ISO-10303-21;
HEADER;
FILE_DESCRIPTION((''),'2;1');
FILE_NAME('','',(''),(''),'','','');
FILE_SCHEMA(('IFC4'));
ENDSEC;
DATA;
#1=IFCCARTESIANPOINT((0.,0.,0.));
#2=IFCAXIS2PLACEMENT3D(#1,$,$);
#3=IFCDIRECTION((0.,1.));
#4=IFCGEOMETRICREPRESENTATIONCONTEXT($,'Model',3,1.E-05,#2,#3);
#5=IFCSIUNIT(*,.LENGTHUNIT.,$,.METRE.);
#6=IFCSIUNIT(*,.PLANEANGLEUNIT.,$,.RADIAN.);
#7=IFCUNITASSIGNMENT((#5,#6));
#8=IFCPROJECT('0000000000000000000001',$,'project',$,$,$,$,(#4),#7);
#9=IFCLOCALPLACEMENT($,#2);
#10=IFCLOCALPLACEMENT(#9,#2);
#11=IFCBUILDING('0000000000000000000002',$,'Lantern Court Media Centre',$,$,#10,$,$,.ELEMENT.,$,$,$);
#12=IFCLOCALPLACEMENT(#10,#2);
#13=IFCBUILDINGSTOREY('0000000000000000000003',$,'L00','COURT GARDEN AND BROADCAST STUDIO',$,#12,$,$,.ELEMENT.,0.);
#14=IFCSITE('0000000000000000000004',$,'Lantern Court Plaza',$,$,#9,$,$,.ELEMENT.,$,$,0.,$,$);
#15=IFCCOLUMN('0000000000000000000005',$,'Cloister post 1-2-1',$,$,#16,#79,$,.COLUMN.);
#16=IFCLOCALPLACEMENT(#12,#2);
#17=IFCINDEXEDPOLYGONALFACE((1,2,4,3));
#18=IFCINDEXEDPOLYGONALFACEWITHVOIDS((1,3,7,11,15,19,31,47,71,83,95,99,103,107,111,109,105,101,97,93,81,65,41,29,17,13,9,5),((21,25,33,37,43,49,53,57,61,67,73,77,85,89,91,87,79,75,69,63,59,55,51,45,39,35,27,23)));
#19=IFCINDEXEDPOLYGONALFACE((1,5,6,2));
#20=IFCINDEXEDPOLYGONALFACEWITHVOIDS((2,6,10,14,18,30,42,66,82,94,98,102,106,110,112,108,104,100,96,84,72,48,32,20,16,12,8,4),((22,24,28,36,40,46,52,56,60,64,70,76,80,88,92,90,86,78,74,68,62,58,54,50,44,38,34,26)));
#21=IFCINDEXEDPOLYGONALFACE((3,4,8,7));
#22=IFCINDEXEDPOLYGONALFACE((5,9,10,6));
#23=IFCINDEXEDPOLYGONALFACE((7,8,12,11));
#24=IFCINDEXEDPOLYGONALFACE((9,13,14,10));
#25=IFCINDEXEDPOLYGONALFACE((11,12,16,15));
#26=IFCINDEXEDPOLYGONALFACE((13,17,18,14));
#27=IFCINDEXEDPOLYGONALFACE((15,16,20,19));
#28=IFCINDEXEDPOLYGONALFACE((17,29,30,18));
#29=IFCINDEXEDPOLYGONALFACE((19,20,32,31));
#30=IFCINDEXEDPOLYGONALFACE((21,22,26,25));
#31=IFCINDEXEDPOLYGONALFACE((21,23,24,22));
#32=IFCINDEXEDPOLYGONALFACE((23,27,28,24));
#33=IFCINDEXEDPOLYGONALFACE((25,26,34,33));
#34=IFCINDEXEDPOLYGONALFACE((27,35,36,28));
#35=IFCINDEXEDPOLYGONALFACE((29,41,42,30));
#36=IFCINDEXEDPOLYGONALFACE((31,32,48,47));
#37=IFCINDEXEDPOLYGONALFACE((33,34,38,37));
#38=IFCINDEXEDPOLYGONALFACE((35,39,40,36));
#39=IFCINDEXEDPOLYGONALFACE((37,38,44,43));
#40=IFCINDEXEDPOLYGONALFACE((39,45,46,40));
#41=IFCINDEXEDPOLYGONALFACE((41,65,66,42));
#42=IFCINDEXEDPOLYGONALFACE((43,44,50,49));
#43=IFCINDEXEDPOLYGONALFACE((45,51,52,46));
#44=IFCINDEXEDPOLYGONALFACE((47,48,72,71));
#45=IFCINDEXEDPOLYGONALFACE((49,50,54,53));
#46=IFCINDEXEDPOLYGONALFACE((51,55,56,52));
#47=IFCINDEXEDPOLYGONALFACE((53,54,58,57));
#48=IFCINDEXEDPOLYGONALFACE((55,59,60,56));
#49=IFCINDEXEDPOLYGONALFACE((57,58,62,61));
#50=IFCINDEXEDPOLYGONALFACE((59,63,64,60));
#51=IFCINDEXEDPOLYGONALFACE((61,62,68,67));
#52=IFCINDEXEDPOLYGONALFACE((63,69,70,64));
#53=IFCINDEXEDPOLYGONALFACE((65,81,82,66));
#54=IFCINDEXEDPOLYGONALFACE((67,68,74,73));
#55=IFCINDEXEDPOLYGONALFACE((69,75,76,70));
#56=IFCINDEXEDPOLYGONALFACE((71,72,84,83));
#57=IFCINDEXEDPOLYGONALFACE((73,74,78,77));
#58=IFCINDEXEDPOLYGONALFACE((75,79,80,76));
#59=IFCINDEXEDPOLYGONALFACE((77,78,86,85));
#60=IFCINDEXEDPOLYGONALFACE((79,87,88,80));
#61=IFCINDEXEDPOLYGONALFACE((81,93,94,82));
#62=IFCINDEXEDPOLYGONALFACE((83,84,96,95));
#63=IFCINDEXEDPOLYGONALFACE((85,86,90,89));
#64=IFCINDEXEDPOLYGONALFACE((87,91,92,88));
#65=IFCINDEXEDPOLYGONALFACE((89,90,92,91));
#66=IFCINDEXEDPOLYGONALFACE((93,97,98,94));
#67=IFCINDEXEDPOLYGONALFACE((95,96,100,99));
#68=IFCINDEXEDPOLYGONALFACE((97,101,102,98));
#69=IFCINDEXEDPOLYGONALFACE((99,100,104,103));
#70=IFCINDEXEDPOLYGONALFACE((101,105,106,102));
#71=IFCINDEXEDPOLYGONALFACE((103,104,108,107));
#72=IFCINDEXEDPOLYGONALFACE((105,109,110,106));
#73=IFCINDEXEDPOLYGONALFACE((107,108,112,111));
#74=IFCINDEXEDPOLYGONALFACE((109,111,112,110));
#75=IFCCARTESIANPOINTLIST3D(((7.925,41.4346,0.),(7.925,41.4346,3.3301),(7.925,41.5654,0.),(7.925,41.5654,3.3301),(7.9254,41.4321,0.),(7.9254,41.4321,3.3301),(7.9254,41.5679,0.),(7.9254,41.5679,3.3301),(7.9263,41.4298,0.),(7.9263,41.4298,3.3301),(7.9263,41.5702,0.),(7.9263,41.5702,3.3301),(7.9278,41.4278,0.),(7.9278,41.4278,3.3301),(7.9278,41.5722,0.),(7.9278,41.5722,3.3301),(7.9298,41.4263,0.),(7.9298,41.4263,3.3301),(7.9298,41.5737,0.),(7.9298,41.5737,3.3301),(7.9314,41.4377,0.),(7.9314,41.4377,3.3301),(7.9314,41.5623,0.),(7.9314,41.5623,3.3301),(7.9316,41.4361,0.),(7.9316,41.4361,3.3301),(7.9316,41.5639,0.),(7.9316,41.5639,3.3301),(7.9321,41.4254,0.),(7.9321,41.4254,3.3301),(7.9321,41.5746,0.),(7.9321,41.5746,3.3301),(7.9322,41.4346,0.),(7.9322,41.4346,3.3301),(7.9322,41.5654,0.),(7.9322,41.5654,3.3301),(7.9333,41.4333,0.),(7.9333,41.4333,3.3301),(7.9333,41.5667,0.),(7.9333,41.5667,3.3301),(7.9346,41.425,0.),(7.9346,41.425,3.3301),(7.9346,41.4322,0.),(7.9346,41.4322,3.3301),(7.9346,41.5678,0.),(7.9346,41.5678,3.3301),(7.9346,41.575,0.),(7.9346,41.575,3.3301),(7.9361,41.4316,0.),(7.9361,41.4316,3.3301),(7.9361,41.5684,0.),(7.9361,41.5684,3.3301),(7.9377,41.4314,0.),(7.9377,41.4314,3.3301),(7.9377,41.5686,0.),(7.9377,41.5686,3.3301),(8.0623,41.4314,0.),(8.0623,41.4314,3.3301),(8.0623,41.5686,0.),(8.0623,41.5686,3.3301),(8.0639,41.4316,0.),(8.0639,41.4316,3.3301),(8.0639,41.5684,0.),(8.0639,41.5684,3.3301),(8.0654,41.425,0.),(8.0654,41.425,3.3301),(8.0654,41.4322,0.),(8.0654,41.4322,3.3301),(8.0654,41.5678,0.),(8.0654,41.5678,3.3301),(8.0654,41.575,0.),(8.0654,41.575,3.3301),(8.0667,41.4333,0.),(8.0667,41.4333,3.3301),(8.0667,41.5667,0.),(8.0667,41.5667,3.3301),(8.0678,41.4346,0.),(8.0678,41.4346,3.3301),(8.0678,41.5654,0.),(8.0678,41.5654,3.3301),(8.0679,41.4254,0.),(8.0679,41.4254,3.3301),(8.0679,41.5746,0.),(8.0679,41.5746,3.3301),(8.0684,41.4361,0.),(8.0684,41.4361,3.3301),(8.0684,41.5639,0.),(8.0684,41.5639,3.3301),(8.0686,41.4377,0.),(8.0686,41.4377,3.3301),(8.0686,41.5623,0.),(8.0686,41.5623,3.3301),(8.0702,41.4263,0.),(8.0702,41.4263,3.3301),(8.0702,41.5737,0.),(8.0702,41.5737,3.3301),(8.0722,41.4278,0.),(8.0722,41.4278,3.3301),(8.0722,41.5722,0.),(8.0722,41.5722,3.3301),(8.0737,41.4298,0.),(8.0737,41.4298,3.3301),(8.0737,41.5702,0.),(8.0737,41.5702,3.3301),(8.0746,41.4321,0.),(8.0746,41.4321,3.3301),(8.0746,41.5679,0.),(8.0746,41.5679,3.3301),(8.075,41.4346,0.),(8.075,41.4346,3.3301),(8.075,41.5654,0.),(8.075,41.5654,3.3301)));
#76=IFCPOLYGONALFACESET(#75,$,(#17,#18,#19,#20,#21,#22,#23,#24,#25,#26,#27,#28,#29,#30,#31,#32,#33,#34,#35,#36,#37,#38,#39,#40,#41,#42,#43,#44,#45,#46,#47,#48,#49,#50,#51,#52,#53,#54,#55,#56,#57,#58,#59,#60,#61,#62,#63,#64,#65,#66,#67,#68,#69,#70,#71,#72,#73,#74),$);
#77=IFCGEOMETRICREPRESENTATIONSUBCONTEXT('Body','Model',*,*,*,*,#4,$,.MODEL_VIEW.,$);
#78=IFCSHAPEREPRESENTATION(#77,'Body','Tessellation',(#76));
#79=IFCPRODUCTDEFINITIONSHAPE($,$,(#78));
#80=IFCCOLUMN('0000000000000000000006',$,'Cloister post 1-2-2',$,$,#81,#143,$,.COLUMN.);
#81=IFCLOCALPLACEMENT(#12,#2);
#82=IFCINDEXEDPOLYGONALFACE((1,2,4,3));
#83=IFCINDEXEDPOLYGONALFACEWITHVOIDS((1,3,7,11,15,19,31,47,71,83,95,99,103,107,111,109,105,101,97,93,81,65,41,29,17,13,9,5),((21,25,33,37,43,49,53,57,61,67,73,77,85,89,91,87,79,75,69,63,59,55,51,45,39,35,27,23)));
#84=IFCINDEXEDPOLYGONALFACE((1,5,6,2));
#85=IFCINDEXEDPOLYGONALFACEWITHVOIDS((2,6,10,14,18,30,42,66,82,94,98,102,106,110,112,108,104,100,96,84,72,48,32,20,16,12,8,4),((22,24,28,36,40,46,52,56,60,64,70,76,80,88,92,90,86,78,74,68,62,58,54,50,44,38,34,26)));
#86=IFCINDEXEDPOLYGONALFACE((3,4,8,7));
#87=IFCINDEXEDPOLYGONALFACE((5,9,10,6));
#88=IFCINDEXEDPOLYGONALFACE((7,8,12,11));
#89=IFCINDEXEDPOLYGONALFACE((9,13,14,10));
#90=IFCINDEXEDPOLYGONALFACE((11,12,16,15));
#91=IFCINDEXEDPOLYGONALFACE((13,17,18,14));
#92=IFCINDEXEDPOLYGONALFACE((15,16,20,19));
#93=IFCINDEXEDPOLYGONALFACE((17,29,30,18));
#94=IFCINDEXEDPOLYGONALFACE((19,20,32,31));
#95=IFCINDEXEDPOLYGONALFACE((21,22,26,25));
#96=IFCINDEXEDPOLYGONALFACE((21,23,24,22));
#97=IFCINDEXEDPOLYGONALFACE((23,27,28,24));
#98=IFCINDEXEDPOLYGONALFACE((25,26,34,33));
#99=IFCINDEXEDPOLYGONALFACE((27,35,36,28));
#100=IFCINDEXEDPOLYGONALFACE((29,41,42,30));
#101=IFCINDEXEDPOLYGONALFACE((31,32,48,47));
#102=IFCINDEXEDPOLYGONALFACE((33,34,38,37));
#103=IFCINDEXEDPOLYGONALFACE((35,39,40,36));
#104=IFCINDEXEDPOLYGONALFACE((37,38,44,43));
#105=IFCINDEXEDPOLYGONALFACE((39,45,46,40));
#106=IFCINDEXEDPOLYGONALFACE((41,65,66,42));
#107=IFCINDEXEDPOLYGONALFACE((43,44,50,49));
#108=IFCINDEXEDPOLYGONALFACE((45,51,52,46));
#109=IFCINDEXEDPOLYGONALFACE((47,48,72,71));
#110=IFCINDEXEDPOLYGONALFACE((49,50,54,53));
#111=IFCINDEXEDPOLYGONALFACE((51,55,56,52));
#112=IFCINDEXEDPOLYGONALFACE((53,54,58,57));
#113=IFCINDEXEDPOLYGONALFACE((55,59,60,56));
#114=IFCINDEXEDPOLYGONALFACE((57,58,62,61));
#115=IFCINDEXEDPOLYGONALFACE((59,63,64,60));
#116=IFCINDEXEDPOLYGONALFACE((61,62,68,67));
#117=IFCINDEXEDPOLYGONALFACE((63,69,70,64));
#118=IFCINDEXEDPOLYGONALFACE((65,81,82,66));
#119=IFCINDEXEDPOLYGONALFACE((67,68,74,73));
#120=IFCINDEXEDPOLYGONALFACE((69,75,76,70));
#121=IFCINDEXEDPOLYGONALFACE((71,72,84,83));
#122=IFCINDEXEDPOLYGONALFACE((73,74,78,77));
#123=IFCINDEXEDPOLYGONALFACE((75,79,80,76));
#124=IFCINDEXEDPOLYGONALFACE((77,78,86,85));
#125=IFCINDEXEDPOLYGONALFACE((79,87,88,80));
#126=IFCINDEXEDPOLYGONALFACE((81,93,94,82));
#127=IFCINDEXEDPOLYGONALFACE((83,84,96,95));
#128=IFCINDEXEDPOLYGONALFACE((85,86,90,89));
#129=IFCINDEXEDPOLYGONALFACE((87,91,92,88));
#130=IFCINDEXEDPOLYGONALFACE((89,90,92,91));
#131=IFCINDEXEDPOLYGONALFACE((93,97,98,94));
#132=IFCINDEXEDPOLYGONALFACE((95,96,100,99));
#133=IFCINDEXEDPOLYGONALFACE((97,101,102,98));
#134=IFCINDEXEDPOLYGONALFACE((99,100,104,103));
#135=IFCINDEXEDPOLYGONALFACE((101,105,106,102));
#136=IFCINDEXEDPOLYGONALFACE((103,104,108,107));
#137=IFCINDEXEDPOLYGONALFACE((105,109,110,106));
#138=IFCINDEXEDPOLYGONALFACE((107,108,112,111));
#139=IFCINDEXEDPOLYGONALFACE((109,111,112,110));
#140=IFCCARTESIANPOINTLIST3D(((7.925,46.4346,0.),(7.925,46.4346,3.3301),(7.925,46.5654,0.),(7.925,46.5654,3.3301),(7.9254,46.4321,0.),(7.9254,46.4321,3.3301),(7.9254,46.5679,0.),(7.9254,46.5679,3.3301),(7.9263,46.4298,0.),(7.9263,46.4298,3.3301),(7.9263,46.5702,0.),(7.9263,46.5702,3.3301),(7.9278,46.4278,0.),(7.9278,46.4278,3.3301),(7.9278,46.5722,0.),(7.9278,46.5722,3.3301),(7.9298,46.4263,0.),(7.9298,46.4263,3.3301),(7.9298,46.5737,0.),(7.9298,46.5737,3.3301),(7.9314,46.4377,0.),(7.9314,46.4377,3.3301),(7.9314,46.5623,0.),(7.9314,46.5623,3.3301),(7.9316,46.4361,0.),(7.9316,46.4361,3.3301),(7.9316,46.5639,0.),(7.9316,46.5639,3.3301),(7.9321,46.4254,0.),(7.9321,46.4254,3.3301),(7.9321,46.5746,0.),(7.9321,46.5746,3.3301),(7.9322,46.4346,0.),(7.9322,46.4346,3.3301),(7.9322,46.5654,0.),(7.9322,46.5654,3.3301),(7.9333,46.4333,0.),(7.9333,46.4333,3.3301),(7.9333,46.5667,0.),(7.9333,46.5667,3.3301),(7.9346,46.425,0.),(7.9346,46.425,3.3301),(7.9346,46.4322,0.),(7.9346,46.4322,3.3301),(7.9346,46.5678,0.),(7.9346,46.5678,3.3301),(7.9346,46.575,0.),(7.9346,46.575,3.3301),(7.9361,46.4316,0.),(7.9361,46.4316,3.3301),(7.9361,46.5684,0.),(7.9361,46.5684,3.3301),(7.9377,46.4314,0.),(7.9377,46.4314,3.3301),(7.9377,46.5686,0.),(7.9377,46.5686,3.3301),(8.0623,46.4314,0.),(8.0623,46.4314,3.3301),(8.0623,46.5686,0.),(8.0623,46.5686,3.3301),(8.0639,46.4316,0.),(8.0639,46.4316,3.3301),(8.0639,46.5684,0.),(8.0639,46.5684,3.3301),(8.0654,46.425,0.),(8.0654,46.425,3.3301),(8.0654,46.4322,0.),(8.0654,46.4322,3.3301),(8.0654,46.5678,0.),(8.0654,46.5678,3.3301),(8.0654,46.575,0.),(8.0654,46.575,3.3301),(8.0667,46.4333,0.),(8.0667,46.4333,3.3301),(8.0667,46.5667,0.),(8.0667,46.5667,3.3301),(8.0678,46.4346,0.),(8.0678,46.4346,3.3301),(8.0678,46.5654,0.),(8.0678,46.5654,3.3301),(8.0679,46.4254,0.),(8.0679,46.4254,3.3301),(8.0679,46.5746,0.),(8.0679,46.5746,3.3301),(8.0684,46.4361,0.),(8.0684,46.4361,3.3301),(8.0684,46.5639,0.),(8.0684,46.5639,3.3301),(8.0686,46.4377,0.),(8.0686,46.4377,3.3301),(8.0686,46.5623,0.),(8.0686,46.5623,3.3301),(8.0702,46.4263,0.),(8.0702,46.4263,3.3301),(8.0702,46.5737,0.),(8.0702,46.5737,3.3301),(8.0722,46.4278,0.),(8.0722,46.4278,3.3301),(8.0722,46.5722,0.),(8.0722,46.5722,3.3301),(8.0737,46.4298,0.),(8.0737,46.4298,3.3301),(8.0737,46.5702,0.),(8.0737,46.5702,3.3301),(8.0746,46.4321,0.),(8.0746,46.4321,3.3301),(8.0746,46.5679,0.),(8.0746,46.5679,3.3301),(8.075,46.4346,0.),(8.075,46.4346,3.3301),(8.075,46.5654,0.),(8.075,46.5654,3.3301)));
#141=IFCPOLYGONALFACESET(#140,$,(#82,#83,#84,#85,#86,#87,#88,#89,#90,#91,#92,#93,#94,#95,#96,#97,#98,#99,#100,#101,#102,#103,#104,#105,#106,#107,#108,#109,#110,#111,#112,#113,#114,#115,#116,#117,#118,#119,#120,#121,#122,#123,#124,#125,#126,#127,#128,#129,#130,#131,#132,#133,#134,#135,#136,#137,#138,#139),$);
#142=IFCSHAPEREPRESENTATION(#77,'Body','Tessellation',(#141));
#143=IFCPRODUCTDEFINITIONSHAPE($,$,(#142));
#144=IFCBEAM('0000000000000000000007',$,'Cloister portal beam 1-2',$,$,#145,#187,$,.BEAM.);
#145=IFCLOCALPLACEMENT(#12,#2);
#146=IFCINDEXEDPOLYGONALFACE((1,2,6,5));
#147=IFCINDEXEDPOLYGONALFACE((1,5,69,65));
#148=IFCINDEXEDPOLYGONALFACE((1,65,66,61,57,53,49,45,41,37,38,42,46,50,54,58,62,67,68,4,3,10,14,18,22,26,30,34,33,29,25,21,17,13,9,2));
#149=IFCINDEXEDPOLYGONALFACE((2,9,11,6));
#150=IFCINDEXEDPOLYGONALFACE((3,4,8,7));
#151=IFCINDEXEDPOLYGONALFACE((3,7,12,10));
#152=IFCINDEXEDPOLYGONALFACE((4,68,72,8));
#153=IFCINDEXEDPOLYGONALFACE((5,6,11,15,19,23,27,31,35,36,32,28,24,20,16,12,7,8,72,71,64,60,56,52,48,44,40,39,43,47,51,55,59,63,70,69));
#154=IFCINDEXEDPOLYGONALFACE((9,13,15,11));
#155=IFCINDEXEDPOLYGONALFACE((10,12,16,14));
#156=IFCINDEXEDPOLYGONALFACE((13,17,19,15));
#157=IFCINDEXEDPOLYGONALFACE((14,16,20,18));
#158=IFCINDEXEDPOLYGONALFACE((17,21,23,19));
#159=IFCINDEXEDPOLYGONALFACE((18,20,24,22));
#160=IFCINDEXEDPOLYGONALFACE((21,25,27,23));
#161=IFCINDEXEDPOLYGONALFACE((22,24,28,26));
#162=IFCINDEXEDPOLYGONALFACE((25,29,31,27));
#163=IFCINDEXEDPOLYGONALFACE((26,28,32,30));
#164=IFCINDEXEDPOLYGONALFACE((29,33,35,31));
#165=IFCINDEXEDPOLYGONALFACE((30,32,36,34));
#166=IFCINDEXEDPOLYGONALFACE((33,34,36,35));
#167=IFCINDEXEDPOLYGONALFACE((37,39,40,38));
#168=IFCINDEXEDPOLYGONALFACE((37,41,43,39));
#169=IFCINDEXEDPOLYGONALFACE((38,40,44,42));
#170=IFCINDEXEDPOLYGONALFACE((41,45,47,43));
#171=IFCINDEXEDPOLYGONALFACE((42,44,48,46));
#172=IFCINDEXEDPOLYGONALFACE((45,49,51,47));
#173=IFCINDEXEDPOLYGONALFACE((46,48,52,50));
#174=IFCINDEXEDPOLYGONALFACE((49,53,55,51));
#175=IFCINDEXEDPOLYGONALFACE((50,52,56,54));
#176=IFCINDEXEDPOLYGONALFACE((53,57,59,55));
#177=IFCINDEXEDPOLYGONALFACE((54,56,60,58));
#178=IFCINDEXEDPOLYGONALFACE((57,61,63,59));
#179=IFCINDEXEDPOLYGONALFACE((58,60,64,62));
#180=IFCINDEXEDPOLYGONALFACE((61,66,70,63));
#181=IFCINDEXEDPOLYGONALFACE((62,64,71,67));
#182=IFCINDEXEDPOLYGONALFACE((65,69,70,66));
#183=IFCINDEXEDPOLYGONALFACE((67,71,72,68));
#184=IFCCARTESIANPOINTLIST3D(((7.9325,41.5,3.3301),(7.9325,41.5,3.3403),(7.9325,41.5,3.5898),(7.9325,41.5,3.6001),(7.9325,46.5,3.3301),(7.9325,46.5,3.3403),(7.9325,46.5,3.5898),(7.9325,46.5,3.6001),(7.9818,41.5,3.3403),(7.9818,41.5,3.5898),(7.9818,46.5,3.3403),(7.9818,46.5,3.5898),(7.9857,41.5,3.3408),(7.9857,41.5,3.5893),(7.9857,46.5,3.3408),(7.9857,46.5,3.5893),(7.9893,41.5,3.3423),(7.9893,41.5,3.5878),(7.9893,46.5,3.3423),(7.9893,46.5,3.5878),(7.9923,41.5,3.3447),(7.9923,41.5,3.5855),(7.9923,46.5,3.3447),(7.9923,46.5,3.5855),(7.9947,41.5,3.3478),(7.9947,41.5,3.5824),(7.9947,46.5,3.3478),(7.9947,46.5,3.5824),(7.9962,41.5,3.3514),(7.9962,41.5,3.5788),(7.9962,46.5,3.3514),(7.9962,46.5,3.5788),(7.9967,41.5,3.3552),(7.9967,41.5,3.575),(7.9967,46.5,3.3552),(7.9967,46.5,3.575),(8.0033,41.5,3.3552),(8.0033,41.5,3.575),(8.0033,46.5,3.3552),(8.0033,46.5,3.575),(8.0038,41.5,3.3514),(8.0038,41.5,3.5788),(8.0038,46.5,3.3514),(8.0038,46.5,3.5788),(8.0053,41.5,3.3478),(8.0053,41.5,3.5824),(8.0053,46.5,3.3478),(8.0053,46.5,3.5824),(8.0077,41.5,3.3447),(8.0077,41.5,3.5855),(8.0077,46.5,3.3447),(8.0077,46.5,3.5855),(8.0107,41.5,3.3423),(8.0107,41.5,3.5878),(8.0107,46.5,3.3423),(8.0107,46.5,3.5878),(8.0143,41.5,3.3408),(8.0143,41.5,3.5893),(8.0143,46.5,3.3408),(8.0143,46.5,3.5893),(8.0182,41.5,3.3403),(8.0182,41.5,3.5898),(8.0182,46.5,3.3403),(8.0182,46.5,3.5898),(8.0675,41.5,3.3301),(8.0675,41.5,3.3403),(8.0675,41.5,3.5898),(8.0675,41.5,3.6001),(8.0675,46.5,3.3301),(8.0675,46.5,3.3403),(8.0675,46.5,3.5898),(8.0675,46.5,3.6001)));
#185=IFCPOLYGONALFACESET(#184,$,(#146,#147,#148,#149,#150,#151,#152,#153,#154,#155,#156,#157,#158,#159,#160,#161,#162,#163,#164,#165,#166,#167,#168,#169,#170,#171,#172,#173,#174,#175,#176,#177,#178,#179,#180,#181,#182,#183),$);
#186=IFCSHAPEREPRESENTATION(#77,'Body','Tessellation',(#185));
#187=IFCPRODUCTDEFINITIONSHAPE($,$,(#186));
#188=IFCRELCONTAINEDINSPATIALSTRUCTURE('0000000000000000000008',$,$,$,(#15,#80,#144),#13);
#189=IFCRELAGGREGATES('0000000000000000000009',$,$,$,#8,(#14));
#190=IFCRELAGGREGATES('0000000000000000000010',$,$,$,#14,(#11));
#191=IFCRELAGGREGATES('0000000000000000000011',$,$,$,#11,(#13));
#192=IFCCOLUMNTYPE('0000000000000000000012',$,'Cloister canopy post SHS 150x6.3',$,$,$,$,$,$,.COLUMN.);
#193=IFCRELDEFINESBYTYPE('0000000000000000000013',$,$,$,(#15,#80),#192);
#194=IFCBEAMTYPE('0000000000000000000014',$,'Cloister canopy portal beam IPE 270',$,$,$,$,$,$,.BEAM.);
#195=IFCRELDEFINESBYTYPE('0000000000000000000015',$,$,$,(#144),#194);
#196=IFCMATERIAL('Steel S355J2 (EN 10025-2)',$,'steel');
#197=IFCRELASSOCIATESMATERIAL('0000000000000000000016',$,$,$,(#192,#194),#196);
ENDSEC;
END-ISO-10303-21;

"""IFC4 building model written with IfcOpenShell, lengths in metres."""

from ifc_helpers import new_model, si_unit, direction, frame, origin, origin_2d, place, context, subcontext, project, spatial, hollow_rectangle, i_section, extrude, material, material_profile, profile_set, type_object, element, save


model = new_model("IFC4")

# Units and contexts
model_context = context("Model", 3, precision=1e-05, world=origin(), true_north=direction((0.0, 1.0)))
body_context = subcontext(model_context, "Body", "Model", "MODEL_VIEW")
ifc_project = project(units=[si_unit("LENGTHUNIT", "METRE"), si_unit("PLANEANGLEUNIT", "RADIAN")], contexts=[model_context])

# Site, building, storey
site_placement = place(None, origin())
site = spatial("IfcSite", under=ifc_project, at=site_placement, Name="Lantern Court Plaza", CompositionType="ELEMENT", RefElevation=0.0)
building_placement = place(site_placement, origin())
building = spatial("IfcBuilding", under=site, at=building_placement, Name="Lantern Court Media Centre", CompositionType="ELEMENT")
storey_placement = place(building_placement, origin())
storey = spatial("IfcBuildingStorey", under=building, at=storey_placement, Name="L00", Description="COURT GARDEN AND BROADCAST STUDIO", CompositionType="ELEMENT", Elevation=0.0)

# Columns
ifc_material_1 = material(Name="Steel S355J2 (EN 10025-2)", Category="steel")
ifc_material_profile_1 = material_profile(ifc_material_1, hollow_rectangle(XDim=0.1499, YDim=0.1499, WallThickness=0.0063, InnerFilletRadius=0.0063, OuterFilletRadius=0.0095, at=origin_2d()), Name="Cloister canopy post SHS 150x6.3")
ifc_profile_set_1 = profile_set([ifc_material_profile_1], Name="Steel S355J2 (EN 10025-2)")
column_type = type_object("IfcColumnType", Name="Cloister canopy post SHS 150x6.3", PredefinedType="COLUMN", material=ifc_profile_set_1)
for number, where, z_axis, x_axis, name in (
    (1, (8.0, 41.5, 0.0), (0.0, 0.0, 1.0), (1.0, 0.0, 0.0), "Cloister post 1-2-1"),
    (2, (8.0, 46.5, 0.0), (0.0, 0.0, 1.0), (1.0, 0.0, 0.0), "Cloister post 1-2-2"),
):
    element("IfcColumn", number, at=place(storey_placement, frame(where, z_axis=z_axis, x_axis=x_axis)), inside=storey, type_object=column_type, Name=name, PredefinedType="COLUMN", context=body_context, shape_type="SweptSolid", body=[
        extrude(hollow_rectangle(XDim=0.1499, YDim=0.1499, WallThickness=0.0063, InnerFilletRadius=0.0063, OuterFilletRadius=0.0095, at=origin_2d()), origin(), (0.0, 0.0, 1.0), 3.3301),
    ])

# Beam
ifc_material_profile_2 = material_profile(ifc_material_1, i_section(OverallWidth=0.135, OverallDepth=0.27, WebThickness=0.0066, FlangeThickness=0.0103, FilletRadius=0.0149, at=origin_2d()), Name="IPE 270")
ifc_profile_set_2 = profile_set([ifc_material_profile_2], Name="Steel S355J2 (EN 10025-2)")
beam_type_1 = type_object("IfcBeamType", Name="Cloister canopy portal beam IPE 270", PredefinedType="BEAM", material=ifc_profile_set_2)
beam_1_placement = place(storey_placement, frame((8.0, 41.5, 3.4651), z_axis=(0.0, 1.0, 0.0), x_axis=(-1.0, 0.0, 0.0)))
element("IfcBeam", 3, at=beam_1_placement, inside=storey, type_object=beam_type_1, Name="Cloister portal beam 1-2", PredefinedType="BEAM", context=body_context, shape_type="SweptSolid", body=[
    extrude(i_section(OverallWidth=0.135, OverallDepth=0.27, WebThickness=0.0066, FlangeThickness=0.0103, FilletRadius=0.0149, at=origin_2d()), origin(), (0.0, 0.0, 1.0), 5.0),
])

save(model, "model.ifc")
